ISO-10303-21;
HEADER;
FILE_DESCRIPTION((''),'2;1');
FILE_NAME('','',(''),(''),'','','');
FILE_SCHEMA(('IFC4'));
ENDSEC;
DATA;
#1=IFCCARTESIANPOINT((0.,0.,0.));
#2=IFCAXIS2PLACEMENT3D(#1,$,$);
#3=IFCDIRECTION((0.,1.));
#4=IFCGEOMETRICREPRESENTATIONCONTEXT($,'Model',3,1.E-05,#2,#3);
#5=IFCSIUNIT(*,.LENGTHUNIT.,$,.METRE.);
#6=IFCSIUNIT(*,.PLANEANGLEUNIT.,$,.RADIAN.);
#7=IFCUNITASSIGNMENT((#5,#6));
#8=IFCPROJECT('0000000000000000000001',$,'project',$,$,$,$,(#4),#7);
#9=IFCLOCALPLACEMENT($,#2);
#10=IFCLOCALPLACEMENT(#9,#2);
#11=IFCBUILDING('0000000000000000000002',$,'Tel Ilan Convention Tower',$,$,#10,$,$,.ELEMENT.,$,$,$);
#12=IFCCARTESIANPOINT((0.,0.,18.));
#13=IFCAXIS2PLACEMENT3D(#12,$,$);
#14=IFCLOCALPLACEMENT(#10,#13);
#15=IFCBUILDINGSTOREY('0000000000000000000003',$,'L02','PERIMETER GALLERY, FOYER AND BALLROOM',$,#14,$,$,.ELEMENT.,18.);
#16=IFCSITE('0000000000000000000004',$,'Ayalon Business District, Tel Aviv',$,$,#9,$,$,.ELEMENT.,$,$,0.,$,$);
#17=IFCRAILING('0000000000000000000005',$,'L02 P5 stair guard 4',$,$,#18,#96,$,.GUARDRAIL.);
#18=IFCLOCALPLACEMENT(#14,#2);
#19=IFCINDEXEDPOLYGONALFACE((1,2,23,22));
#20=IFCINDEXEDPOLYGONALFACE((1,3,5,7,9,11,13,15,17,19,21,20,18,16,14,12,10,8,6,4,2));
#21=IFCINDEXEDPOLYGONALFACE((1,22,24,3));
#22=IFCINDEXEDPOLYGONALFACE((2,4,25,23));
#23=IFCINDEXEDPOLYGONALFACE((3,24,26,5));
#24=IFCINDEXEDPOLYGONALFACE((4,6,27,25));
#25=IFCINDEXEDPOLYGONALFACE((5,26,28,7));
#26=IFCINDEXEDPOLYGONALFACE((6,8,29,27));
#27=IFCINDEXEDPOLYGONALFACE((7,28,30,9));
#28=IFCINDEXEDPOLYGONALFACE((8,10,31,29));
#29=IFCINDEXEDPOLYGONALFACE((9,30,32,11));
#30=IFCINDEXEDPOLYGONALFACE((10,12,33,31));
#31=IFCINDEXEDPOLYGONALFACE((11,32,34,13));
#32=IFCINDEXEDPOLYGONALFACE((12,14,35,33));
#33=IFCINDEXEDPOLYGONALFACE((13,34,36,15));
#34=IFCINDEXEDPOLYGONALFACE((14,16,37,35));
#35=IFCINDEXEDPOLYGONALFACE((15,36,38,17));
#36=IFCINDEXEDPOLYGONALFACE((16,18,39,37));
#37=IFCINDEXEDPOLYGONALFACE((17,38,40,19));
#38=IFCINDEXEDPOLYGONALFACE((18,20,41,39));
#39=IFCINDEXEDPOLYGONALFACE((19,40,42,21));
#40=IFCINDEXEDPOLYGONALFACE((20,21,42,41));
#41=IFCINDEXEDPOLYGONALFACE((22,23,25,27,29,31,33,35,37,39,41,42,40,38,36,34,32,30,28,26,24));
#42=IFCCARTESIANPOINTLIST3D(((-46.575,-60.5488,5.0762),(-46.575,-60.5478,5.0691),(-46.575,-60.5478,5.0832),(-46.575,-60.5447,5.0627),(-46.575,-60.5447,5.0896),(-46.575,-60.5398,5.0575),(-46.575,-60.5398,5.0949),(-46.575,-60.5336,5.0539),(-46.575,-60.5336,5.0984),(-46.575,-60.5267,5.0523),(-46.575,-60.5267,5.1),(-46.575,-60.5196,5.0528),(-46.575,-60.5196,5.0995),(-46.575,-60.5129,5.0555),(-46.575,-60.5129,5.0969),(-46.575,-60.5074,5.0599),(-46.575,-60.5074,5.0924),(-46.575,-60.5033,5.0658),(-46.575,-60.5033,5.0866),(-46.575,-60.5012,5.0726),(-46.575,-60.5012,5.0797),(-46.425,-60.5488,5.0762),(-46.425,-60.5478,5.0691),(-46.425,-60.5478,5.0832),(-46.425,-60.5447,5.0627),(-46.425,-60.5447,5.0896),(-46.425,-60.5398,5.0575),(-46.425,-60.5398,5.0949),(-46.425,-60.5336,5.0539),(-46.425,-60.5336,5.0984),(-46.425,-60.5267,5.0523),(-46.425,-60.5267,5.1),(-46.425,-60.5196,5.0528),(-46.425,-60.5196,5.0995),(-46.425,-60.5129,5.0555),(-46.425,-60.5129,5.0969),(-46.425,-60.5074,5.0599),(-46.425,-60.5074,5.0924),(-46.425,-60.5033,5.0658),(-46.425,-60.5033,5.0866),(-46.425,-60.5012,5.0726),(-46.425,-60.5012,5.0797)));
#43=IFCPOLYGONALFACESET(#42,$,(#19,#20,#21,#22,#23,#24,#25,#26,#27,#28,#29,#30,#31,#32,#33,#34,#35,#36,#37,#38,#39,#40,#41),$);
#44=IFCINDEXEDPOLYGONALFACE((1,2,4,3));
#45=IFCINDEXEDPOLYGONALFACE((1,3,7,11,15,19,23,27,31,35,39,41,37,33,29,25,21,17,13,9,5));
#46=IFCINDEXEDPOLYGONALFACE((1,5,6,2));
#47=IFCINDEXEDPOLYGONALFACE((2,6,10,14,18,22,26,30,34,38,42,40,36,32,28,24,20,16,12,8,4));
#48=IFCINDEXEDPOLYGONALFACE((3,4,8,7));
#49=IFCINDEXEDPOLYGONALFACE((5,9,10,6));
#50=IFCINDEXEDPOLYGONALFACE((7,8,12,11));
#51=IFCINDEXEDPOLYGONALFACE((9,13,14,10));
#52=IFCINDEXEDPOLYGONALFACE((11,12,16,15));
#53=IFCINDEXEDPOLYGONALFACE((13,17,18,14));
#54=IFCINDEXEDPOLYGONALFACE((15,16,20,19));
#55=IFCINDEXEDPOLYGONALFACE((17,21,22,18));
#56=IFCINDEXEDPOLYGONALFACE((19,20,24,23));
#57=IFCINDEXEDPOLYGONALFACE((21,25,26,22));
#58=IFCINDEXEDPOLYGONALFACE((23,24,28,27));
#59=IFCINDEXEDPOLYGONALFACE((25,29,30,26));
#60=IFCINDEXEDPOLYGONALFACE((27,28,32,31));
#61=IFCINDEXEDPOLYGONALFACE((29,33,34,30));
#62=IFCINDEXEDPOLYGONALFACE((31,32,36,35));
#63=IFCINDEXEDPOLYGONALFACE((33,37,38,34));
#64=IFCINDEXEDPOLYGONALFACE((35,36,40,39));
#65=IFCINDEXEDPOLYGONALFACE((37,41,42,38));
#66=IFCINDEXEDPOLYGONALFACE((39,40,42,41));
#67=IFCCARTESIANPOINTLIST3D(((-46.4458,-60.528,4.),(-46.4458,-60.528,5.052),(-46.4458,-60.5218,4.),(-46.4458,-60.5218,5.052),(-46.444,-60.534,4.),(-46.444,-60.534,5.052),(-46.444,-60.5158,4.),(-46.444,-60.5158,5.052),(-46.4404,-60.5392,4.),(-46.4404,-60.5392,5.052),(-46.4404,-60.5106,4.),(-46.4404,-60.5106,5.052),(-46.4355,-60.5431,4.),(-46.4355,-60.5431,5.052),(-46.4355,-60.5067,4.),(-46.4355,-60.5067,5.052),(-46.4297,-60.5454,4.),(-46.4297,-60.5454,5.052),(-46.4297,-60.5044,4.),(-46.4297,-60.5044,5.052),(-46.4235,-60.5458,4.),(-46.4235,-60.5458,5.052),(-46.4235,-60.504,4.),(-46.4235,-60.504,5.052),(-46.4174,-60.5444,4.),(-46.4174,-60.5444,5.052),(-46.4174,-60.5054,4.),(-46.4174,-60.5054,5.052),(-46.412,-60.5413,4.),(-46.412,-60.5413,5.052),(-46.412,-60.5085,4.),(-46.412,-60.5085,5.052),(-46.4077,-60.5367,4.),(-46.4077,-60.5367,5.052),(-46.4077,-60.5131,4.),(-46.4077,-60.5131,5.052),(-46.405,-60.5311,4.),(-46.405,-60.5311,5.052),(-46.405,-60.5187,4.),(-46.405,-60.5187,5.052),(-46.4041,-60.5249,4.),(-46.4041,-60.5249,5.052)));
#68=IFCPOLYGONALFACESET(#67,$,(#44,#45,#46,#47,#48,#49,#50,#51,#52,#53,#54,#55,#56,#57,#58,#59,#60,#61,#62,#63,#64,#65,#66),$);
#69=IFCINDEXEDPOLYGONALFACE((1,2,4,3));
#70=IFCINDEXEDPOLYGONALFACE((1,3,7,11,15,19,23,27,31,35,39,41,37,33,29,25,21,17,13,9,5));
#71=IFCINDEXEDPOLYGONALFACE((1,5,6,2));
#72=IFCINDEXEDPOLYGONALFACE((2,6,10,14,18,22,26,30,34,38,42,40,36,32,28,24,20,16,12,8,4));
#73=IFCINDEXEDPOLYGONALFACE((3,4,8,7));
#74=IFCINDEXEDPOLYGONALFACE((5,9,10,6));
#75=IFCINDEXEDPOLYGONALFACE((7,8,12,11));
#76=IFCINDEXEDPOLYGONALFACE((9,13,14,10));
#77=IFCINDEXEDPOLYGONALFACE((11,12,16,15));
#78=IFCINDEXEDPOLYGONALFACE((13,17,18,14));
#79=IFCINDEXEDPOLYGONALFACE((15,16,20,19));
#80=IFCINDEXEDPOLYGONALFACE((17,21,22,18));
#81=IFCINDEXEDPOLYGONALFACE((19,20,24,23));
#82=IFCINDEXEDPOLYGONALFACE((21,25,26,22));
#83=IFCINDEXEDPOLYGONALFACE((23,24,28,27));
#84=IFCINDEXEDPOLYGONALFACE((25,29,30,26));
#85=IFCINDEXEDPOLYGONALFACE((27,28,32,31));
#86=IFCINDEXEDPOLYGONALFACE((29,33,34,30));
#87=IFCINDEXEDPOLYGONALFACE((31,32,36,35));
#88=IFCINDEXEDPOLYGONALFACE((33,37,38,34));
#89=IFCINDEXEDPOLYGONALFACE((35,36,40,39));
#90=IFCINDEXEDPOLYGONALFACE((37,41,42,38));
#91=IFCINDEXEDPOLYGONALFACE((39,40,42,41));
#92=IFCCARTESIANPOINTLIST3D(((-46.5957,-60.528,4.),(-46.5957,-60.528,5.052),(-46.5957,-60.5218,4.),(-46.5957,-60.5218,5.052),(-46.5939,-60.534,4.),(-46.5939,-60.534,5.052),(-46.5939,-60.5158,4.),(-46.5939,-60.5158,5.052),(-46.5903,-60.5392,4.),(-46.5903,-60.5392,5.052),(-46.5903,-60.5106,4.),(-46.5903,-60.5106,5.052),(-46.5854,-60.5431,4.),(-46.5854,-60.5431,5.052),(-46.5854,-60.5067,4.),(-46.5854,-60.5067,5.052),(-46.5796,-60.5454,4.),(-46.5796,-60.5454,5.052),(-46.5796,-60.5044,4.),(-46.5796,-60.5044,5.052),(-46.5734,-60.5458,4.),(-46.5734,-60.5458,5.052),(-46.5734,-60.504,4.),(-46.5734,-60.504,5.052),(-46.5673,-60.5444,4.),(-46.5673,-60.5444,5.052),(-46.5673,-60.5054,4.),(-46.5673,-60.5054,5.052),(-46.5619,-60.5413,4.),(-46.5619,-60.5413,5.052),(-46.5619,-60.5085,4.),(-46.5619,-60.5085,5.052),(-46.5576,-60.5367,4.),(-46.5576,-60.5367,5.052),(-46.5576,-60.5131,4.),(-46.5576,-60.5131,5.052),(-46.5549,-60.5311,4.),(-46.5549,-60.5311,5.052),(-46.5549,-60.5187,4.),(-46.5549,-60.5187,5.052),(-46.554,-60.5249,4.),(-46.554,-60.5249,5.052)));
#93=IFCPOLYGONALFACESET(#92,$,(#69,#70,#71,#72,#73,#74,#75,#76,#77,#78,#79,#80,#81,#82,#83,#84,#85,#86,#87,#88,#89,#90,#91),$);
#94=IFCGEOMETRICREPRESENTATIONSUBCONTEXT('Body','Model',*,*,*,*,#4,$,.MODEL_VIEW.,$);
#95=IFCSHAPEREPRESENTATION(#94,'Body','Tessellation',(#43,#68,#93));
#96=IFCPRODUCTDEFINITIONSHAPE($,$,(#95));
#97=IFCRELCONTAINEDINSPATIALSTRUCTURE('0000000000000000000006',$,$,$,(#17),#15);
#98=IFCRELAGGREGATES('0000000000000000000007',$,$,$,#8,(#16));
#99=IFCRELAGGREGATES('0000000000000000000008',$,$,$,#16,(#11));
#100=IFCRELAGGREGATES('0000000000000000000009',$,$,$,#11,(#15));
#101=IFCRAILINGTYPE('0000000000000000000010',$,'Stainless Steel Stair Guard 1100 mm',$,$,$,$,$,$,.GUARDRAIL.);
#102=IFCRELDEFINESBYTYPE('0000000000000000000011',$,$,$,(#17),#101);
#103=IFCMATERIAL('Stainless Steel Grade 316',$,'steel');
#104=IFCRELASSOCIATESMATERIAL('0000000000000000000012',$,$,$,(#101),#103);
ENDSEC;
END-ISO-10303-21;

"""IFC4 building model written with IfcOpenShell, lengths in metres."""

from ifc_helpers import new_model, si_unit, direction, frame, origin, origin_2d, place, context, subcontext, project, spatial, circle, extrude, material, type_object, element, save


model = new_model("IFC4")

# Units and contexts
model_context = context("Model", 3, precision=1e-05, world=origin(), true_north=direction((0.0, 1.0)))
body_context = subcontext(model_context, "Body", "Model", "MODEL_VIEW")
ifc_project = project(units=[si_unit("LENGTHUNIT", "METRE"), si_unit("PLANEANGLEUNIT", "RADIAN")], contexts=[model_context])

# Site, building, storey
site_placement = place(None, origin())
site = spatial("IfcSite", under=ifc_project, at=site_placement, Name="Ayalon Business District, Tel Aviv", CompositionType="ELEMENT", RefElevation=0.0)
building_placement = place(site_placement, origin())
building = spatial("IfcBuilding", under=site, at=building_placement, Name="Tel Ilan Convention Tower", CompositionType="ELEMENT")
storey_placement = place(building_placement, frame((0.0, 0.0, 18.0)))
storey = spatial("IfcBuildingStorey", under=building, at=storey_placement, Name="L02", Description="PERIMETER GALLERY, FOYER AND BALLROOM", CompositionType="ELEMENT", Elevation=18.0)

# Railing
ifc_material_1 = material(Name="Stainless Steel Grade 316", Category="steel")
railing_type_1 = type_object("IfcRailingType", Name="Stainless Steel Stair Guard 1100 mm", PredefinedType="GUARDRAIL", material=ifc_material_1)
railing_1_placement = place(storey_placement, frame((-46.425, -60.5249, 4.0)))
element("IfcRailing", 1, at=railing_1_placement, inside=storey, type_object=railing_type_1, Name="L02 P5 stair guard 4", PredefinedType="GUARDRAIL", context=body_context, shape_type="SweptSolid", body=[
    extrude(circle(Radius=0.0239, at=origin_2d()), frame((0.0, 0.0, 1.0762), z_axis=(-1.0, 0.0, 0.0), x_axis=(0.0, -1.0, 0.0)), (0.0, 0.0, 1.0), 0.1499),
    extrude(circle(Radius=0.021, at=origin_2d()), origin(), (0.0, 0.0, 1.0), 1.052),
    extrude(circle(Radius=0.021, at=origin_2d()), frame((-0.1499, 0.0, 0.0)), (0.0, 0.0, 1.0), 1.052),
])

save(model, "model.ifc")
